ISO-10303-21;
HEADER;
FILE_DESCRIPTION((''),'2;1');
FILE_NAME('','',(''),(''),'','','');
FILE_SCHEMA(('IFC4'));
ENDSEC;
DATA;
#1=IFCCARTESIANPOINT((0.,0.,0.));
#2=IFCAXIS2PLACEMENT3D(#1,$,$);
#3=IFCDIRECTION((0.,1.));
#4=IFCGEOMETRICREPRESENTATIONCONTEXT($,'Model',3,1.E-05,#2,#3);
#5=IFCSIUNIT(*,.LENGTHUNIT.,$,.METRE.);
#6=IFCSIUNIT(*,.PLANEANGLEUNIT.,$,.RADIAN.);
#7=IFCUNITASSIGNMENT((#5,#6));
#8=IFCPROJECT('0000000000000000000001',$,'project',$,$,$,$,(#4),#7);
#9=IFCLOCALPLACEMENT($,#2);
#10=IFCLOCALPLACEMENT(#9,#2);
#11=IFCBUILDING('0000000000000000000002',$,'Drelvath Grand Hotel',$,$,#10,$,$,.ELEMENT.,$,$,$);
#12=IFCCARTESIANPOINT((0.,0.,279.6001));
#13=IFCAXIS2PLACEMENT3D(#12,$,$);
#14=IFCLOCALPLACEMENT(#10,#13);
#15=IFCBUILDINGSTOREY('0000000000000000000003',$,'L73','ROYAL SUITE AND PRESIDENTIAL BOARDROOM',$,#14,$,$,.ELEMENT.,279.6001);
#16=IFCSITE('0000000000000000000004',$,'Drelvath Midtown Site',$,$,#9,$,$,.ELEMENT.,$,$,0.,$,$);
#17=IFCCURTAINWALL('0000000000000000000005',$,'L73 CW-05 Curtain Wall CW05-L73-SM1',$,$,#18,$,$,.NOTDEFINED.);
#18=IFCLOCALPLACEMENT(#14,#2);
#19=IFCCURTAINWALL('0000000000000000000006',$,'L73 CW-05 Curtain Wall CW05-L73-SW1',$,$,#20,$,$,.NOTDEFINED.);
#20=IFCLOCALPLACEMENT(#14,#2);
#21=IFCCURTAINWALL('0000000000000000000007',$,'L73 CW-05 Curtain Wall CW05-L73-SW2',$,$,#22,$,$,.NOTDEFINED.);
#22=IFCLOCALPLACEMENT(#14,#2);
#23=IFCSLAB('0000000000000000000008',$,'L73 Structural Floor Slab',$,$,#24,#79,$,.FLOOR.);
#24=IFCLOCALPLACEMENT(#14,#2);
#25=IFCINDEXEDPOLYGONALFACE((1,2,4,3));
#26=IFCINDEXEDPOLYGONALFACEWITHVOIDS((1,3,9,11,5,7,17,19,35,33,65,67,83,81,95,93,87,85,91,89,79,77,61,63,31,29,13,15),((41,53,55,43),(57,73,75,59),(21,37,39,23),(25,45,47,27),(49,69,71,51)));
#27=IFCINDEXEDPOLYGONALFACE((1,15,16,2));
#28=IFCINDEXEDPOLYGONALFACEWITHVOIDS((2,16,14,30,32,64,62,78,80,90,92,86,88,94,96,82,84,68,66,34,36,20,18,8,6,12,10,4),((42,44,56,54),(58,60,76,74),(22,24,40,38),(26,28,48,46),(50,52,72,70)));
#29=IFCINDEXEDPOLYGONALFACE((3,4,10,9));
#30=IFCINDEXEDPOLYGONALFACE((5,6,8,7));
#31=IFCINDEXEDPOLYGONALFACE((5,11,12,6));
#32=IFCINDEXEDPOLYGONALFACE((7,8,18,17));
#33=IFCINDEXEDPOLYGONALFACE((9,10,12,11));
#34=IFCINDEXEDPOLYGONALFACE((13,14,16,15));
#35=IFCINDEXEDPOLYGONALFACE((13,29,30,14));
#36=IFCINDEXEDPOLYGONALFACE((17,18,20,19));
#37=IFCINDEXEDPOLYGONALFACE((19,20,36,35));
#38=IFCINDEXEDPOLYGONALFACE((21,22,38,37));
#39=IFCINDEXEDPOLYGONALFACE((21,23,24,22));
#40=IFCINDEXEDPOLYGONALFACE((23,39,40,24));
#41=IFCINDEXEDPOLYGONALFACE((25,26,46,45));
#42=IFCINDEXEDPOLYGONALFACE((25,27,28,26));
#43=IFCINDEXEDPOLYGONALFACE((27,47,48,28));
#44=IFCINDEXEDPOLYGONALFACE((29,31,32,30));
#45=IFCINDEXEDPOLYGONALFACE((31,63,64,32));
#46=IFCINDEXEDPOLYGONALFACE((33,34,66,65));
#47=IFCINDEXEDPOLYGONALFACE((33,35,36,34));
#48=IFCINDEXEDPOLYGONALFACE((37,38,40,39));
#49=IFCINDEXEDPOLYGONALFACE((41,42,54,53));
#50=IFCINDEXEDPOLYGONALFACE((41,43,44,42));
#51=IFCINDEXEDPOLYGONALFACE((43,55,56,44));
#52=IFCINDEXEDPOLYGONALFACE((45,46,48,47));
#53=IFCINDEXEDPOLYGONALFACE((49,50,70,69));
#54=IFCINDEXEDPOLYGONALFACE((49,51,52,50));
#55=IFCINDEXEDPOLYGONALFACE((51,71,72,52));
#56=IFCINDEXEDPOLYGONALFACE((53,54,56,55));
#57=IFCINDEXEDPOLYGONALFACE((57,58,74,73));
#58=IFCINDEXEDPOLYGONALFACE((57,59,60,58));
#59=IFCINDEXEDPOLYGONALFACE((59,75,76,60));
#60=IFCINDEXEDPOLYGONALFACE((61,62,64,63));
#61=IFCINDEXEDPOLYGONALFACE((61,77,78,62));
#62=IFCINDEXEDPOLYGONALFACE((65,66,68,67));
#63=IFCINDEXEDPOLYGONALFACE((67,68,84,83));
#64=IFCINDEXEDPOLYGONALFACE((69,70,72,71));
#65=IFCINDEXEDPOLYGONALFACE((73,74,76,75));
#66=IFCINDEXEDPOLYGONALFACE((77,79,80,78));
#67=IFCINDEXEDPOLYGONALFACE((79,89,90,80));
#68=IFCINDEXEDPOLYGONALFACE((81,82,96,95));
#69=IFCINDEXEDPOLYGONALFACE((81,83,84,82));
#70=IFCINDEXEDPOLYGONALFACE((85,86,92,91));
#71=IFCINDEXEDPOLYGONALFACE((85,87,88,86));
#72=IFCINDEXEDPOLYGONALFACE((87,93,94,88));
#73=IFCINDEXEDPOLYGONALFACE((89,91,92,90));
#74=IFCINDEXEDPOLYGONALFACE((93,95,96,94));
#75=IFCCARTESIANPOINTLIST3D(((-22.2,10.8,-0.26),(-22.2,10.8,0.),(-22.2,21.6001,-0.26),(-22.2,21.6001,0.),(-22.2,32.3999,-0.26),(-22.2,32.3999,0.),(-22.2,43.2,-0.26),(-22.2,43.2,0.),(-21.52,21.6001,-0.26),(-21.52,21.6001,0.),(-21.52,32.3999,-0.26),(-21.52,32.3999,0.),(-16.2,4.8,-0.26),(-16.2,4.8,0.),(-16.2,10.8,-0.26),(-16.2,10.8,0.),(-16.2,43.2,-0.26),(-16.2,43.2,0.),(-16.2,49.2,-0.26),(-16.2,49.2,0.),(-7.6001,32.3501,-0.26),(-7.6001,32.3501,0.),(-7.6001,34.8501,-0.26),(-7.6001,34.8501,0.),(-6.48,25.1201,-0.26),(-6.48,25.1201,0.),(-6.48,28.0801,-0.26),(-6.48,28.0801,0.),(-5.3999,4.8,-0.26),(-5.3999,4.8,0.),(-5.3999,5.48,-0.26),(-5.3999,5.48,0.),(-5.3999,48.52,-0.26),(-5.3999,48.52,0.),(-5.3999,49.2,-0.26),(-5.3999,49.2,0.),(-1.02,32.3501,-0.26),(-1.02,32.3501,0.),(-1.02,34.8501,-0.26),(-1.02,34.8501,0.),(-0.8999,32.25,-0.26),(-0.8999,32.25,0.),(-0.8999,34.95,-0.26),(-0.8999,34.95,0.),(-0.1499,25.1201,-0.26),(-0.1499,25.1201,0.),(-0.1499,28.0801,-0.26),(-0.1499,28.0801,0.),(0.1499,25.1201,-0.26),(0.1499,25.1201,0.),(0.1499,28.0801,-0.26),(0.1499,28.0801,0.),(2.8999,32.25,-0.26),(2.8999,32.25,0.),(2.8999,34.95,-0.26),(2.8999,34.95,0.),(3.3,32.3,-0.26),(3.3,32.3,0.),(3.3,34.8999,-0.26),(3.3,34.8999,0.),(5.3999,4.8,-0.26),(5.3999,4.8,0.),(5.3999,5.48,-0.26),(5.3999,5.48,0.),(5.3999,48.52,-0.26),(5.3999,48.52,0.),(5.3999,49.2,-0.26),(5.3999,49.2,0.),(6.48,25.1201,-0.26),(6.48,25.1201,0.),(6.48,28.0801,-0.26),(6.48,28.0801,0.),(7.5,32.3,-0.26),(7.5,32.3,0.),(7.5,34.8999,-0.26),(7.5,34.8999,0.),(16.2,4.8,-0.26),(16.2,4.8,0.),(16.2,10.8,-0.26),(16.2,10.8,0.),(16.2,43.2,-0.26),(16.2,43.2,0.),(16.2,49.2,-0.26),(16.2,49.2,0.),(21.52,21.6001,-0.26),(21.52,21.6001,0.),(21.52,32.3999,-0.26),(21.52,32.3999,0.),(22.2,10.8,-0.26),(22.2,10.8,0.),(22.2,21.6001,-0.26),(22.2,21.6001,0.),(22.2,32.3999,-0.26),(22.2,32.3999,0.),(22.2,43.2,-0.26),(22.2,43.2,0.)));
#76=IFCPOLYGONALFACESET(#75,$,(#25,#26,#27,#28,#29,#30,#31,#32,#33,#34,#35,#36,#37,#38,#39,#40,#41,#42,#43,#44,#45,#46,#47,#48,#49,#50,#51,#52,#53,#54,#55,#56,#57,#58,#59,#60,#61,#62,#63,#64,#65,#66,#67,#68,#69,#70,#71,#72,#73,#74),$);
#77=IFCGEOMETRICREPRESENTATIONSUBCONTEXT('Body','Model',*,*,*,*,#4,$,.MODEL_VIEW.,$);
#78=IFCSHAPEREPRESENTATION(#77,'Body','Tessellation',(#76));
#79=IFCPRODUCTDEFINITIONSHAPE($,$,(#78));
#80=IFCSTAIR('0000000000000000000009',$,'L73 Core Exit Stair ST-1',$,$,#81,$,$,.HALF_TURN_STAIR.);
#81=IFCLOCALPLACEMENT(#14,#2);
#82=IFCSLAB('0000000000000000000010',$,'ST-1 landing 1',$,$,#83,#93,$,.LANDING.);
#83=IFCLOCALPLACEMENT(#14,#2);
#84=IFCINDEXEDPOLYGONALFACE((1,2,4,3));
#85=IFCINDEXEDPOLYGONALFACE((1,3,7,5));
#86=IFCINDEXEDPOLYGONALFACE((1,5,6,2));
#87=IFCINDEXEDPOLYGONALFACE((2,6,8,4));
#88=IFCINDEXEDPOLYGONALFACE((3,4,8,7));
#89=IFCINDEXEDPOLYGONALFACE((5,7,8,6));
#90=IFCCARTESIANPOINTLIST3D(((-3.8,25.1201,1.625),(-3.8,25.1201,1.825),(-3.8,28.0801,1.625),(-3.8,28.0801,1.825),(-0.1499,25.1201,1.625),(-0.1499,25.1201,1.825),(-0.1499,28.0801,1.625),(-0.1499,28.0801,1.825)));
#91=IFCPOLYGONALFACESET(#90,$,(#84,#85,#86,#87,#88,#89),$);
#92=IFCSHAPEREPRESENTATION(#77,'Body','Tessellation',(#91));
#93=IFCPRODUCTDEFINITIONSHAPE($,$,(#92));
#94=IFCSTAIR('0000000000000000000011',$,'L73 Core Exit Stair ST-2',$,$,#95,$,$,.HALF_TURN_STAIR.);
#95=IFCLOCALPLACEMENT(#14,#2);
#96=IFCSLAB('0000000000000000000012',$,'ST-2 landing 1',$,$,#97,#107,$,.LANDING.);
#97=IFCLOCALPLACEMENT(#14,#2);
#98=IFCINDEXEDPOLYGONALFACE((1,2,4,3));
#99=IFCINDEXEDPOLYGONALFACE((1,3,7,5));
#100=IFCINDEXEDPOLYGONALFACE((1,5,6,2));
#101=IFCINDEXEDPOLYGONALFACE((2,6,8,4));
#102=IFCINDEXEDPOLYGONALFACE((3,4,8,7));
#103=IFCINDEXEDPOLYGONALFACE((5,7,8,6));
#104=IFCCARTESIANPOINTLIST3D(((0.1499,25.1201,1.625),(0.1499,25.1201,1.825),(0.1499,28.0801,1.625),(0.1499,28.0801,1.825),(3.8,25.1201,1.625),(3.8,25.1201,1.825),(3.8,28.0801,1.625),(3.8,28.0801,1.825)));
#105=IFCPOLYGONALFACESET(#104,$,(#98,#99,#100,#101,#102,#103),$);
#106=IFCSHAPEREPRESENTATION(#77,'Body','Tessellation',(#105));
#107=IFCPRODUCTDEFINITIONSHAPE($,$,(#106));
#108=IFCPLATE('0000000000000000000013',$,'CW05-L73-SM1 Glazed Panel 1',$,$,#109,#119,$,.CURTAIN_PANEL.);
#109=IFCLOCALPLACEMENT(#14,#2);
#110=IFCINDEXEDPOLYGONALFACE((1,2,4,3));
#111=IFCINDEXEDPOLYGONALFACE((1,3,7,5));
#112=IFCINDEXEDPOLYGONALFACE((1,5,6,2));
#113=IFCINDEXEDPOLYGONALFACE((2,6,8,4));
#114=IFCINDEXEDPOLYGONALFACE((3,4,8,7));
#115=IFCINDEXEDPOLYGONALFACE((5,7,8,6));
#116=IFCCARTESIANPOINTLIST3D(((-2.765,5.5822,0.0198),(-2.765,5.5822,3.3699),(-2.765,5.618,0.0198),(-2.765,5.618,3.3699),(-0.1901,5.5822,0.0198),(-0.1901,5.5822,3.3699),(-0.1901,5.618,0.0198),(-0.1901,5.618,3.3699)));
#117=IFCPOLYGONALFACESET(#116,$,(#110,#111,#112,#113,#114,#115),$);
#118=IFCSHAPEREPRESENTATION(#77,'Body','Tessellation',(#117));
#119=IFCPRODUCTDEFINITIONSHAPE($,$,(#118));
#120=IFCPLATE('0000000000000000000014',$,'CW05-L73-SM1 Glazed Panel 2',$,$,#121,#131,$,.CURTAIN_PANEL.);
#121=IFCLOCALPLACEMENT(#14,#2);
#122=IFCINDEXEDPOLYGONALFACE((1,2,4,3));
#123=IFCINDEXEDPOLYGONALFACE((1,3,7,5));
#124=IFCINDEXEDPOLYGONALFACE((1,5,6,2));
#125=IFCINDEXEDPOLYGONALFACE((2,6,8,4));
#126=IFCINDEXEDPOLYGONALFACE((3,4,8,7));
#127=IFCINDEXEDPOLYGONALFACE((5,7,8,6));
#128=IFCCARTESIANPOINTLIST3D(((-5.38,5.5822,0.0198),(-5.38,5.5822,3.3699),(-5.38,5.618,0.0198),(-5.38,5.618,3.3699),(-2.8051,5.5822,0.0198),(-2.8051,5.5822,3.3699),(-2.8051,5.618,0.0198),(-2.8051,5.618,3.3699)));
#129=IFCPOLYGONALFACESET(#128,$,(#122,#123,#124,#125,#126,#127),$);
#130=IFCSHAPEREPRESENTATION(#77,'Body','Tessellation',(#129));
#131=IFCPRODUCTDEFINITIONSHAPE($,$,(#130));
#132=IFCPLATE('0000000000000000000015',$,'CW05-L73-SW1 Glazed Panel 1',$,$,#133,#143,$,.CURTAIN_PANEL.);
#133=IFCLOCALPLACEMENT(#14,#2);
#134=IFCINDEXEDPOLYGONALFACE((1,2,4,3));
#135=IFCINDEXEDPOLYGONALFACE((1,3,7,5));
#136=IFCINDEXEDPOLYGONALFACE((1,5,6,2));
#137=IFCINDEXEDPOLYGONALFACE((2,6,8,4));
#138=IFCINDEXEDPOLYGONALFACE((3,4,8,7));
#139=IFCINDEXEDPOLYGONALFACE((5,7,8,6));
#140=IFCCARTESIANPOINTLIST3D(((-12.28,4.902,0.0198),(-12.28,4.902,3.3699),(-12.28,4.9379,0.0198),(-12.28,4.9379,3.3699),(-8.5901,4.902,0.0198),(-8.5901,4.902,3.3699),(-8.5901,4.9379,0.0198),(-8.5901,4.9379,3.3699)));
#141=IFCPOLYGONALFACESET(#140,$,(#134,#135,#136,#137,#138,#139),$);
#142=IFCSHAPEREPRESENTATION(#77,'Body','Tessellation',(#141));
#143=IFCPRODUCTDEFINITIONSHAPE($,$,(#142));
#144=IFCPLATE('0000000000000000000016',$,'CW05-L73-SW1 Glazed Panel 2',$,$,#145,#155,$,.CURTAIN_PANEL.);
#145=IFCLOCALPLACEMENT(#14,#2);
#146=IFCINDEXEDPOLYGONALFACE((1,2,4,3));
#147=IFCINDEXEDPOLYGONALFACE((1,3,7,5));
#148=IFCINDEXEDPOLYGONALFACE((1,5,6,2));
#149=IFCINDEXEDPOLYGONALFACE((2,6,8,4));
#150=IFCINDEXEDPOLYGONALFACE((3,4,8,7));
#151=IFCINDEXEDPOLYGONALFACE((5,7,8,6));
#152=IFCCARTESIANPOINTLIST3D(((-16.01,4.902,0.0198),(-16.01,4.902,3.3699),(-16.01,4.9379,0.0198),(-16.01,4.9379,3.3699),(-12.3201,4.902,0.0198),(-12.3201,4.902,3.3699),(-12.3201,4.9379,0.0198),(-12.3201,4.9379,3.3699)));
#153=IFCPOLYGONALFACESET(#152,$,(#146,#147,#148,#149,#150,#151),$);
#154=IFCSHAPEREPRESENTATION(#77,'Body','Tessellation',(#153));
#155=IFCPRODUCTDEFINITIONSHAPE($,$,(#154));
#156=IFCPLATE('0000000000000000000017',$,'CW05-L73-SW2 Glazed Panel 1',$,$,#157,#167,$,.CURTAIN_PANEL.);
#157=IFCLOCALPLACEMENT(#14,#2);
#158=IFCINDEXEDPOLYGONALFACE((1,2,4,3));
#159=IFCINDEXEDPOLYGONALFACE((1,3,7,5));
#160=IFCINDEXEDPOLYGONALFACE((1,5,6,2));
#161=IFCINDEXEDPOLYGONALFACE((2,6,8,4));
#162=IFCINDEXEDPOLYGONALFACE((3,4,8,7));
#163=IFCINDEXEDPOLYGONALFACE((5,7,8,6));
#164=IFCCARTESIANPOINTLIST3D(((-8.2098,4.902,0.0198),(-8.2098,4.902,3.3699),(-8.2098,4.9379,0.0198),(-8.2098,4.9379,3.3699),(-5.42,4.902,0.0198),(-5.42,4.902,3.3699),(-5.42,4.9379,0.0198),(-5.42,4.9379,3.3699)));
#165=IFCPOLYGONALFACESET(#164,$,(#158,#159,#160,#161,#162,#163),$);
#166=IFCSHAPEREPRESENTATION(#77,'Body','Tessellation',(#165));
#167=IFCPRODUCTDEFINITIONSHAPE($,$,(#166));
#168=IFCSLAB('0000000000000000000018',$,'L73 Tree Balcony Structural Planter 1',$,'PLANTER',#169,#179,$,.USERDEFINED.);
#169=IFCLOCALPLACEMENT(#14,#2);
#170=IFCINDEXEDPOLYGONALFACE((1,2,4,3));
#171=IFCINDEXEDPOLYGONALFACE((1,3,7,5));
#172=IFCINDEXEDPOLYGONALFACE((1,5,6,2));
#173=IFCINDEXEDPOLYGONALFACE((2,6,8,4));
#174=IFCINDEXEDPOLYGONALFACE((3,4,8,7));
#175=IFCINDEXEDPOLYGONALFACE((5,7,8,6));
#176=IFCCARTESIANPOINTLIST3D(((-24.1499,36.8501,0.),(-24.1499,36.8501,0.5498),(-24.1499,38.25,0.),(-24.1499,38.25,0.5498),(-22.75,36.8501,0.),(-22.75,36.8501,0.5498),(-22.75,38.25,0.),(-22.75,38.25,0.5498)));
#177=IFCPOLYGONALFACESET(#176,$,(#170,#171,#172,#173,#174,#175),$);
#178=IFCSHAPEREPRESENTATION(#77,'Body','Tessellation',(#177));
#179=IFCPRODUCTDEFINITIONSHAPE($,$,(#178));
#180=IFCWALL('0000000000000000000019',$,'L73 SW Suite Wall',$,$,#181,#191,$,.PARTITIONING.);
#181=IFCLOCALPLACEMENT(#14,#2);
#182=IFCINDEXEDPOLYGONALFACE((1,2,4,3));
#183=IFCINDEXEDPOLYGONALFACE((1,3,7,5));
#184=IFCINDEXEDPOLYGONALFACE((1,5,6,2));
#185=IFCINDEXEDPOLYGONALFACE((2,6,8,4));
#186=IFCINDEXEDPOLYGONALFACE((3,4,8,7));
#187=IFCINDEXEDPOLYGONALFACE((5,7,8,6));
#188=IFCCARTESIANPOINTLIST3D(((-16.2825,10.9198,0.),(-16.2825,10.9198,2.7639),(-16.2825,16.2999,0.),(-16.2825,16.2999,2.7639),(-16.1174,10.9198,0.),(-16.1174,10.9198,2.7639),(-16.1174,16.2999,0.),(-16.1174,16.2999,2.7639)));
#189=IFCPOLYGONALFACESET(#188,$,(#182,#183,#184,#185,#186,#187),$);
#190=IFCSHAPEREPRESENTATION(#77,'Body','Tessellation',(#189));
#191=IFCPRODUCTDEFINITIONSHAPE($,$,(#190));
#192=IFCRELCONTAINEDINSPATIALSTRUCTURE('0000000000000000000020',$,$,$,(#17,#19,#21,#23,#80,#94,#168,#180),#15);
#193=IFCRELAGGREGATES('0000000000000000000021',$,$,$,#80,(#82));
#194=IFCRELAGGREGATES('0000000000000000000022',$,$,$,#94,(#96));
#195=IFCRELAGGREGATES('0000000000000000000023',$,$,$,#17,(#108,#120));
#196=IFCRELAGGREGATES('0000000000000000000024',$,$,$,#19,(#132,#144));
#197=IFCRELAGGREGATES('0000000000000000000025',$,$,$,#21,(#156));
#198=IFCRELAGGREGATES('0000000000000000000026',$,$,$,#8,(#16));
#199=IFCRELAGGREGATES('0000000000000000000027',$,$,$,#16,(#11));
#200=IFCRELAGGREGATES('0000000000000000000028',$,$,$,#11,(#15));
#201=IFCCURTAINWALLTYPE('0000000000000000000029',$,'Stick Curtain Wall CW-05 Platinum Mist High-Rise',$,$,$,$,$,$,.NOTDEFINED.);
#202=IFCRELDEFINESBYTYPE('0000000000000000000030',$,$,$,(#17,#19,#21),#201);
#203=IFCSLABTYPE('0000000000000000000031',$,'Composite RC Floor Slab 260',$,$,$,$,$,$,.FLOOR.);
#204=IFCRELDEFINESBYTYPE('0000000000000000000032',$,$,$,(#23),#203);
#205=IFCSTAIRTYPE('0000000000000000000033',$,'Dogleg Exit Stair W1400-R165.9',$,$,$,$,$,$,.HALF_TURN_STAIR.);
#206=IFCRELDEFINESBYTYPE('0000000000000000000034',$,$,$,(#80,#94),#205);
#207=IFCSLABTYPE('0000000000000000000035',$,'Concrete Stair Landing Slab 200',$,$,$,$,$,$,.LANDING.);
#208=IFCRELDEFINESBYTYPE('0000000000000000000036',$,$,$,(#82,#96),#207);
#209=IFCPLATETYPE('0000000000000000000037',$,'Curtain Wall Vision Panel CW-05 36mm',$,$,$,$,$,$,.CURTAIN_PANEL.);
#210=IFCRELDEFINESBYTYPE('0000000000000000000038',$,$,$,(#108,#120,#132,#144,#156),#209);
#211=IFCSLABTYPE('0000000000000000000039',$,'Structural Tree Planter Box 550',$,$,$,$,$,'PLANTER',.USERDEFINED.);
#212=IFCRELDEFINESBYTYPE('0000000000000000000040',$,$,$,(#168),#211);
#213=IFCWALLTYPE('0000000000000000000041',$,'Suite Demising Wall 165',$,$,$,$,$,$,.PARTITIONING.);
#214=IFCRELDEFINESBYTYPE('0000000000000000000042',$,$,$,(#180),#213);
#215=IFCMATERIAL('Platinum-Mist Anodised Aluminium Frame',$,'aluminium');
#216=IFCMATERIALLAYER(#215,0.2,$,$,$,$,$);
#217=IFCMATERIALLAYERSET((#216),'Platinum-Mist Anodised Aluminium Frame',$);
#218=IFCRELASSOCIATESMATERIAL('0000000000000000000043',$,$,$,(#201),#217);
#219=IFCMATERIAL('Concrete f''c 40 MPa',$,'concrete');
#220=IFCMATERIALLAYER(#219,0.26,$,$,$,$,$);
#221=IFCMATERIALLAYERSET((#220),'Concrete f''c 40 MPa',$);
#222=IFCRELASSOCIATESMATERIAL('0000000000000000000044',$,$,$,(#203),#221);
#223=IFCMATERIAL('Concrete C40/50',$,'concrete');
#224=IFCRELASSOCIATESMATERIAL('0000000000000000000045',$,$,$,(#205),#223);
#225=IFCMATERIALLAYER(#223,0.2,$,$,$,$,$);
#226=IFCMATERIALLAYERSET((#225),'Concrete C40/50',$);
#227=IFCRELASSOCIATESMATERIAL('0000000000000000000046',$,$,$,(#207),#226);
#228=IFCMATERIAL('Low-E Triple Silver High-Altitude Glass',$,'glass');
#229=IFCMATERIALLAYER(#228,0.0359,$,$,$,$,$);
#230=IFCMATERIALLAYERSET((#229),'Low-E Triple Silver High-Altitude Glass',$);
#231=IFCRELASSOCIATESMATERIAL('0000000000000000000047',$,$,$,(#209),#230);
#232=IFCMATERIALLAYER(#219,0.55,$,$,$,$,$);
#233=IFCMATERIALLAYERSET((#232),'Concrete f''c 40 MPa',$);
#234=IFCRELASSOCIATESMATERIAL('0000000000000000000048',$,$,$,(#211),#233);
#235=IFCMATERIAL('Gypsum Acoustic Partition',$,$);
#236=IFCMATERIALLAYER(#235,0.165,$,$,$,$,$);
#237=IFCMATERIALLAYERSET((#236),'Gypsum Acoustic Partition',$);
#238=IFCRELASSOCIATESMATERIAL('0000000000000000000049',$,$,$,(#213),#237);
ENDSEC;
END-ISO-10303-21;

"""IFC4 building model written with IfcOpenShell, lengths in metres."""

from ifc_helpers import new_model, si_unit, direction, frame, frame_2d, origin, origin_2d, place, context, subcontext, project, spatial, polyline, rectangle, outline, extrude, material, layer, layer_set, type_object, element, aggregate, save


model = new_model("IFC4")

# Units and contexts
model_context = context("Model", 3, precision=1e-05, world=origin(), true_north=direction((0.0, 1.0)))
body_context = subcontext(model_context, "Body", "Model", "MODEL_VIEW")
ifc_project = project(units=[si_unit("LENGTHUNIT", "METRE"), si_unit("PLANEANGLEUNIT", "RADIAN")], contexts=[model_context])

# Site, building, storey
site_placement = place(None, origin())
site = spatial("IfcSite", under=ifc_project, at=site_placement, Name="Drelvath Midtown Site", CompositionType="ELEMENT", RefElevation=0.0)
building_placement = place(site_placement, origin())
building = spatial("IfcBuilding", under=site, at=building_placement, Name="Drelvath Grand Hotel", CompositionType="ELEMENT")
storey_placement = place(building_placement, frame((0.0, 0.0, 279.6001)))
storey = spatial("IfcBuildingStorey", under=building, at=storey_placement, Name="L73", Description="ROYAL SUITE AND PRESIDENTIAL BOARDROOM", CompositionType="ELEMENT", Elevation=279.6001)

# Curtain walls
ifc_material_1 = material(Name="Platinum-Mist Anodised Aluminium Frame", Category="aluminium")
ifc_layer_1 = layer(ifc_material_1, 0.2)
ifc_layer_set_1 = layer_set([ifc_layer_1], Name="Platinum-Mist Anodised Aluminium Frame")
curtain_wall_type = type_object("IfcCurtainWallType", Name="Stick Curtain Wall CW-05 Platinum Mist High-Rise", PredefinedType="NOTDEFINED", material=ifc_layer_set_1)
curtain_wall_1_placement = place(storey_placement, origin())
curtain_wall_1 = element("IfcCurtainWall", 1, at=curtain_wall_1_placement, inside=storey, type_object=curtain_wall_type, Name="L73 CW-05 Curtain Wall CW05-L73-SM1", PredefinedType="NOTDEFINED")
curtain_wall_2_placement = place(storey_placement, origin())
curtain_wall_2 = element("IfcCurtainWall", 2, at=curtain_wall_2_placement, inside=storey, type_object=curtain_wall_type, Name="L73 CW-05 Curtain Wall CW05-L73-SW1", PredefinedType="NOTDEFINED")
curtain_wall_3_placement = place(storey_placement, origin())
curtain_wall_3 = element("IfcCurtainWall", 3, at=curtain_wall_3_placement, inside=storey, type_object=curtain_wall_type, Name="L73 CW-05 Curtain Wall CW05-L73-SW2", PredefinedType="NOTDEFINED")

# Slab
ifc_material_2 = material(Name="Concrete f'c 40 MPa", Category="concrete")
ifc_layer_2 = layer(ifc_material_2, 0.26)
ifc_layer_set_2 = layer_set([ifc_layer_2], Name="Concrete f'c 40 MPa")
slab_type_1 = type_object("IfcSlabType", Name="Composite RC Floor Slab 260", PredefinedType="FLOOR", material=ifc_layer_set_2)
slab_1_placement = place(storey_placement, frame((0.0, 0.0, -0.26)))
element("IfcSlab", 4, at=slab_1_placement, inside=storey, type_object=slab_type_1, Name="L73 Structural Floor Slab", PredefinedType="FLOOR", context=body_context, shape_type="SweptSolid", body=[
    extrude(outline(polyline([(-16.2, 4.8), (-5.3999, 4.8), (-5.3999, 5.48), (5.3999, 5.48), (5.3999, 4.8), (16.2, 4.8), (16.2, 10.8), (22.2, 10.8), (22.2, 21.6001), (21.52, 21.6001), (21.52, 32.3999), (22.2, 32.3999), (22.2, 43.2), (16.2, 43.2), (16.2, 49.2), (5.3999, 49.2), (5.3999, 48.52), (-5.3999, 48.52), (-5.3999, 49.2), (-16.2, 49.2), (-16.2, 43.2), (-22.2, 43.2), (-22.2, 32.3999), (-21.52, 32.3999), (-21.52, 21.6001), (-22.2, 21.6001), (-22.2, 10.8), (-16.2, 10.8), (-16.2, 4.8)]), holes=[polyline([(-6.48, 25.1201), (-6.48, 28.0801), (-0.1499, 28.0801), (-0.1499, 25.1201), (-6.48, 25.1201)]), polyline([(0.1499, 25.1201), (0.1499, 28.0801), (6.48, 28.0801), (6.48, 25.1201), (0.1499, 25.1201)]), polyline([(-7.6001, 32.3501), (-7.6001, 34.8501), (-1.02, 34.8501), (-1.02, 32.3501), (-7.6001, 32.3501)]), polyline([(-0.8999, 32.25), (-0.8999, 34.95), (2.8999, 34.95), (2.8999, 32.25), (-0.8999, 32.25)]), polyline([(3.3, 32.3), (3.3, 34.8999), (7.5, 34.8999), (7.5, 32.3), (3.3, 32.3)])]), origin(), (0.0, 0.0, 1.0), 0.26),
])

# Stairs, slabs
ifc_material_3 = material(Name="Concrete C40/50", Category="concrete")
stair_type = type_object("IfcStairType", Name="Dogleg Exit Stair W1400-R165.9", PredefinedType="HALF_TURN_STAIR", material=ifc_material_3)
stair_1_placement = place(storey_placement, origin())
stair_1 = element("IfcStair", 5, at=stair_1_placement, inside=storey, type_object=stair_type, Name="L73 Core Exit Stair ST-1", PredefinedType="HALF_TURN_STAIR")
ifc_layer_3 = layer(ifc_material_3, 0.2)
ifc_layer_set_3 = layer_set([ifc_layer_3], Name="Concrete C40/50")
slab_type_2 = type_object("IfcSlabType", Name="Concrete Stair Landing Slab 200", PredefinedType="LANDING", material=ifc_layer_set_3)
slab_2_placement = place(storey_placement, frame((0.0, 0.0, 1.625)))
slab_2 = element("IfcSlab", 6, at=slab_2_placement, type_object=slab_type_2, Name="ST-1 landing 1", PredefinedType="LANDING", context=body_context, shape_type="SweptSolid", body=[
    extrude(outline(polyline([(-3.8, 25.1201), (-0.1499, 25.1201), (-0.1499, 28.0801), (-3.8, 28.0801), (-3.8, 25.1201)])), origin(), (0.0, 0.0, 1.0), 0.2),
])
aggregate(stair_1, [slab_2])
stair_2_placement = place(storey_placement, origin())
stair_2 = element("IfcStair", 7, at=stair_2_placement, inside=storey, type_object=stair_type, Name="L73 Core Exit Stair ST-2", PredefinedType="HALF_TURN_STAIR")
slab_3_placement = place(storey_placement, frame((0.0, 0.0, 1.625)))
slab_3 = element("IfcSlab", 8, at=slab_3_placement, type_object=slab_type_2, Name="ST-2 landing 1", PredefinedType="LANDING", context=body_context, shape_type="SweptSolid", body=[
    extrude(outline(polyline([(3.8, 28.0801), (0.1499, 28.0801), (0.1499, 25.1201), (3.8, 25.1201), (3.8, 28.0801)])), origin(), (0.0, 0.0, 1.0), 0.2),
])
aggregate(stair_2, [slab_3])

# Plates
ifc_material_4 = material(Name="Low-E Triple Silver High-Altitude Glass", Category="glass")
ifc_layer_4 = layer(ifc_material_4, 0.0359)
ifc_layer_set_4 = layer_set([ifc_layer_4], Name="Low-E Triple Silver High-Altitude Glass")
plate_type = type_object("IfcPlateType", Name="Curtain Wall Vision Panel CW-05 36mm", PredefinedType="CURTAIN_PANEL", material=ifc_layer_set_4)
plate_1_placement = place(storey_placement, frame((-1.4775, 5.6001, 0.0198), z_axis=(0.0, 0.0, 1.0), x_axis=(-1.0, 0.0, 0.0)))
plate_1 = element("IfcPlate", 9, at=plate_1_placement, type_object=plate_type, Name="CW05-L73-SM1 Glazed Panel 1", PredefinedType="CURTAIN_PANEL", context=body_context, shape_type="SweptSolid", body=[
    extrude(rectangle(XDim=2.575, YDim=0.0359, at=origin_2d()), origin(), (0.0, 0.0, 1.0), 3.3501),
])
plate_2_placement = place(storey_placement, frame((-4.0925, 5.6001, 0.0198), z_axis=(0.0, 0.0, 1.0), x_axis=(-1.0, 0.0, 0.0)))
plate_2 = element("IfcPlate", 10, at=plate_2_placement, type_object=plate_type, Name="CW05-L73-SM1 Glazed Panel 2", PredefinedType="CURTAIN_PANEL", context=body_context, shape_type="SweptSolid", body=[
    extrude(rectangle(XDim=2.575, YDim=0.0359, at=origin_2d()), origin(), (0.0, 0.0, 1.0), 3.3501),
])
aggregate(curtain_wall_1, [plate_1, plate_2])
plate_3_placement = place(storey_placement, frame((-10.4351, 4.9199, 0.0198), z_axis=(0.0, 0.0, 1.0), x_axis=(-1.0, 0.0, 0.0)))
plate_3 = element("IfcPlate", 11, at=plate_3_placement, type_object=plate_type, Name="CW05-L73-SW1 Glazed Panel 1", PredefinedType="CURTAIN_PANEL", context=body_context, shape_type="SweptSolid", body=[
    extrude(rectangle(XDim=3.6899, YDim=0.0359, at=origin_2d()), origin(), (0.0, 0.0, 1.0), 3.3501),
])
plate_4_placement = place(storey_placement, frame((-14.165, 4.9199, 0.0198), z_axis=(0.0, 0.0, 1.0), x_axis=(-1.0, 0.0, 0.0)))
plate_4 = element("IfcPlate", 12, at=plate_4_placement, type_object=plate_type, Name="CW05-L73-SW1 Glazed Panel 2", PredefinedType="CURTAIN_PANEL", context=body_context, shape_type="SweptSolid", body=[
    extrude(rectangle(XDim=3.6899, YDim=0.0359, at=origin_2d()), origin(), (0.0, 0.0, 1.0), 3.3501),
])
aggregate(curtain_wall_2, [plate_3, plate_4])
plate_5_placement = place(storey_placement, frame((-6.8149, 4.9199, 0.0198), z_axis=(0.0, 0.0, 1.0), x_axis=(-1.0, 0.0, 0.0)))
plate_5 = element("IfcPlate", 13, at=plate_5_placement, type_object=plate_type, Name="CW05-L73-SW2 Glazed Panel 1", PredefinedType="CURTAIN_PANEL", context=body_context, shape_type="SweptSolid", body=[
    extrude(rectangle(XDim=2.7898, YDim=0.0359, at=origin_2d()), origin(), (0.0, 0.0, 1.0), 3.3501),
])
aggregate(curtain_wall_3, [plate_5])

# Slab
ifc_layer_5 = layer(ifc_material_2, 0.55)
ifc_layer_set_5 = layer_set([ifc_layer_5], Name="Concrete f'c 40 MPa")
slab_type_3 = type_object("IfcSlabType", Name="Structural Tree Planter Box 550", ElementType="PLANTER", PredefinedType="USERDEFINED", material=ifc_layer_set_5)
slab_4_placement = place(storey_placement, origin())
element("IfcSlab", 14, at=slab_4_placement, inside=storey, type_object=slab_type_3, Name="L73 Tree Balcony Structural Planter 1", ObjectType="PLANTER", PredefinedType="USERDEFINED", context=body_context, shape_type="SweptSolid", body=[
    extrude(outline(polyline([(-24.1499, 36.8501), (-22.75, 36.8501), (-22.75, 38.25), (-24.1499, 38.25), (-24.1499, 36.8501)])), origin(), (0.0, 0.0, 1.0), 0.5498),
])

# Wall
ifc_material_5 = material(Name="Gypsum Acoustic Partition")
ifc_layer_6 = layer(ifc_material_5, 0.165)
ifc_layer_set_6 = layer_set([ifc_layer_6], Name="Gypsum Acoustic Partition")
wall_type_1 = type_object("IfcWallType", Name="Suite Demising Wall 165", PredefinedType="PARTITIONING", material=ifc_layer_set_6)
wall_1_placement = place(storey_placement, frame((-16.2, 10.9199, 0.0), z_axis=(0.0, 0.0, 1.0), x_axis=(0.0, 1.0, 0.0)))
element("IfcWall", 15, at=wall_1_placement, inside=storey, type_object=wall_type_1, Name="L73 SW Suite Wall", PredefinedType="PARTITIONING", context=body_context, shape_type="SweptSolid", body=[
    extrude(rectangle(XDim=5.3801, YDim=0.165, at=frame_2d((2.6899, 0.0))), origin(), (0.0, 0.0, 1.0), 2.7639),
])

save(model, "model.ifc")
